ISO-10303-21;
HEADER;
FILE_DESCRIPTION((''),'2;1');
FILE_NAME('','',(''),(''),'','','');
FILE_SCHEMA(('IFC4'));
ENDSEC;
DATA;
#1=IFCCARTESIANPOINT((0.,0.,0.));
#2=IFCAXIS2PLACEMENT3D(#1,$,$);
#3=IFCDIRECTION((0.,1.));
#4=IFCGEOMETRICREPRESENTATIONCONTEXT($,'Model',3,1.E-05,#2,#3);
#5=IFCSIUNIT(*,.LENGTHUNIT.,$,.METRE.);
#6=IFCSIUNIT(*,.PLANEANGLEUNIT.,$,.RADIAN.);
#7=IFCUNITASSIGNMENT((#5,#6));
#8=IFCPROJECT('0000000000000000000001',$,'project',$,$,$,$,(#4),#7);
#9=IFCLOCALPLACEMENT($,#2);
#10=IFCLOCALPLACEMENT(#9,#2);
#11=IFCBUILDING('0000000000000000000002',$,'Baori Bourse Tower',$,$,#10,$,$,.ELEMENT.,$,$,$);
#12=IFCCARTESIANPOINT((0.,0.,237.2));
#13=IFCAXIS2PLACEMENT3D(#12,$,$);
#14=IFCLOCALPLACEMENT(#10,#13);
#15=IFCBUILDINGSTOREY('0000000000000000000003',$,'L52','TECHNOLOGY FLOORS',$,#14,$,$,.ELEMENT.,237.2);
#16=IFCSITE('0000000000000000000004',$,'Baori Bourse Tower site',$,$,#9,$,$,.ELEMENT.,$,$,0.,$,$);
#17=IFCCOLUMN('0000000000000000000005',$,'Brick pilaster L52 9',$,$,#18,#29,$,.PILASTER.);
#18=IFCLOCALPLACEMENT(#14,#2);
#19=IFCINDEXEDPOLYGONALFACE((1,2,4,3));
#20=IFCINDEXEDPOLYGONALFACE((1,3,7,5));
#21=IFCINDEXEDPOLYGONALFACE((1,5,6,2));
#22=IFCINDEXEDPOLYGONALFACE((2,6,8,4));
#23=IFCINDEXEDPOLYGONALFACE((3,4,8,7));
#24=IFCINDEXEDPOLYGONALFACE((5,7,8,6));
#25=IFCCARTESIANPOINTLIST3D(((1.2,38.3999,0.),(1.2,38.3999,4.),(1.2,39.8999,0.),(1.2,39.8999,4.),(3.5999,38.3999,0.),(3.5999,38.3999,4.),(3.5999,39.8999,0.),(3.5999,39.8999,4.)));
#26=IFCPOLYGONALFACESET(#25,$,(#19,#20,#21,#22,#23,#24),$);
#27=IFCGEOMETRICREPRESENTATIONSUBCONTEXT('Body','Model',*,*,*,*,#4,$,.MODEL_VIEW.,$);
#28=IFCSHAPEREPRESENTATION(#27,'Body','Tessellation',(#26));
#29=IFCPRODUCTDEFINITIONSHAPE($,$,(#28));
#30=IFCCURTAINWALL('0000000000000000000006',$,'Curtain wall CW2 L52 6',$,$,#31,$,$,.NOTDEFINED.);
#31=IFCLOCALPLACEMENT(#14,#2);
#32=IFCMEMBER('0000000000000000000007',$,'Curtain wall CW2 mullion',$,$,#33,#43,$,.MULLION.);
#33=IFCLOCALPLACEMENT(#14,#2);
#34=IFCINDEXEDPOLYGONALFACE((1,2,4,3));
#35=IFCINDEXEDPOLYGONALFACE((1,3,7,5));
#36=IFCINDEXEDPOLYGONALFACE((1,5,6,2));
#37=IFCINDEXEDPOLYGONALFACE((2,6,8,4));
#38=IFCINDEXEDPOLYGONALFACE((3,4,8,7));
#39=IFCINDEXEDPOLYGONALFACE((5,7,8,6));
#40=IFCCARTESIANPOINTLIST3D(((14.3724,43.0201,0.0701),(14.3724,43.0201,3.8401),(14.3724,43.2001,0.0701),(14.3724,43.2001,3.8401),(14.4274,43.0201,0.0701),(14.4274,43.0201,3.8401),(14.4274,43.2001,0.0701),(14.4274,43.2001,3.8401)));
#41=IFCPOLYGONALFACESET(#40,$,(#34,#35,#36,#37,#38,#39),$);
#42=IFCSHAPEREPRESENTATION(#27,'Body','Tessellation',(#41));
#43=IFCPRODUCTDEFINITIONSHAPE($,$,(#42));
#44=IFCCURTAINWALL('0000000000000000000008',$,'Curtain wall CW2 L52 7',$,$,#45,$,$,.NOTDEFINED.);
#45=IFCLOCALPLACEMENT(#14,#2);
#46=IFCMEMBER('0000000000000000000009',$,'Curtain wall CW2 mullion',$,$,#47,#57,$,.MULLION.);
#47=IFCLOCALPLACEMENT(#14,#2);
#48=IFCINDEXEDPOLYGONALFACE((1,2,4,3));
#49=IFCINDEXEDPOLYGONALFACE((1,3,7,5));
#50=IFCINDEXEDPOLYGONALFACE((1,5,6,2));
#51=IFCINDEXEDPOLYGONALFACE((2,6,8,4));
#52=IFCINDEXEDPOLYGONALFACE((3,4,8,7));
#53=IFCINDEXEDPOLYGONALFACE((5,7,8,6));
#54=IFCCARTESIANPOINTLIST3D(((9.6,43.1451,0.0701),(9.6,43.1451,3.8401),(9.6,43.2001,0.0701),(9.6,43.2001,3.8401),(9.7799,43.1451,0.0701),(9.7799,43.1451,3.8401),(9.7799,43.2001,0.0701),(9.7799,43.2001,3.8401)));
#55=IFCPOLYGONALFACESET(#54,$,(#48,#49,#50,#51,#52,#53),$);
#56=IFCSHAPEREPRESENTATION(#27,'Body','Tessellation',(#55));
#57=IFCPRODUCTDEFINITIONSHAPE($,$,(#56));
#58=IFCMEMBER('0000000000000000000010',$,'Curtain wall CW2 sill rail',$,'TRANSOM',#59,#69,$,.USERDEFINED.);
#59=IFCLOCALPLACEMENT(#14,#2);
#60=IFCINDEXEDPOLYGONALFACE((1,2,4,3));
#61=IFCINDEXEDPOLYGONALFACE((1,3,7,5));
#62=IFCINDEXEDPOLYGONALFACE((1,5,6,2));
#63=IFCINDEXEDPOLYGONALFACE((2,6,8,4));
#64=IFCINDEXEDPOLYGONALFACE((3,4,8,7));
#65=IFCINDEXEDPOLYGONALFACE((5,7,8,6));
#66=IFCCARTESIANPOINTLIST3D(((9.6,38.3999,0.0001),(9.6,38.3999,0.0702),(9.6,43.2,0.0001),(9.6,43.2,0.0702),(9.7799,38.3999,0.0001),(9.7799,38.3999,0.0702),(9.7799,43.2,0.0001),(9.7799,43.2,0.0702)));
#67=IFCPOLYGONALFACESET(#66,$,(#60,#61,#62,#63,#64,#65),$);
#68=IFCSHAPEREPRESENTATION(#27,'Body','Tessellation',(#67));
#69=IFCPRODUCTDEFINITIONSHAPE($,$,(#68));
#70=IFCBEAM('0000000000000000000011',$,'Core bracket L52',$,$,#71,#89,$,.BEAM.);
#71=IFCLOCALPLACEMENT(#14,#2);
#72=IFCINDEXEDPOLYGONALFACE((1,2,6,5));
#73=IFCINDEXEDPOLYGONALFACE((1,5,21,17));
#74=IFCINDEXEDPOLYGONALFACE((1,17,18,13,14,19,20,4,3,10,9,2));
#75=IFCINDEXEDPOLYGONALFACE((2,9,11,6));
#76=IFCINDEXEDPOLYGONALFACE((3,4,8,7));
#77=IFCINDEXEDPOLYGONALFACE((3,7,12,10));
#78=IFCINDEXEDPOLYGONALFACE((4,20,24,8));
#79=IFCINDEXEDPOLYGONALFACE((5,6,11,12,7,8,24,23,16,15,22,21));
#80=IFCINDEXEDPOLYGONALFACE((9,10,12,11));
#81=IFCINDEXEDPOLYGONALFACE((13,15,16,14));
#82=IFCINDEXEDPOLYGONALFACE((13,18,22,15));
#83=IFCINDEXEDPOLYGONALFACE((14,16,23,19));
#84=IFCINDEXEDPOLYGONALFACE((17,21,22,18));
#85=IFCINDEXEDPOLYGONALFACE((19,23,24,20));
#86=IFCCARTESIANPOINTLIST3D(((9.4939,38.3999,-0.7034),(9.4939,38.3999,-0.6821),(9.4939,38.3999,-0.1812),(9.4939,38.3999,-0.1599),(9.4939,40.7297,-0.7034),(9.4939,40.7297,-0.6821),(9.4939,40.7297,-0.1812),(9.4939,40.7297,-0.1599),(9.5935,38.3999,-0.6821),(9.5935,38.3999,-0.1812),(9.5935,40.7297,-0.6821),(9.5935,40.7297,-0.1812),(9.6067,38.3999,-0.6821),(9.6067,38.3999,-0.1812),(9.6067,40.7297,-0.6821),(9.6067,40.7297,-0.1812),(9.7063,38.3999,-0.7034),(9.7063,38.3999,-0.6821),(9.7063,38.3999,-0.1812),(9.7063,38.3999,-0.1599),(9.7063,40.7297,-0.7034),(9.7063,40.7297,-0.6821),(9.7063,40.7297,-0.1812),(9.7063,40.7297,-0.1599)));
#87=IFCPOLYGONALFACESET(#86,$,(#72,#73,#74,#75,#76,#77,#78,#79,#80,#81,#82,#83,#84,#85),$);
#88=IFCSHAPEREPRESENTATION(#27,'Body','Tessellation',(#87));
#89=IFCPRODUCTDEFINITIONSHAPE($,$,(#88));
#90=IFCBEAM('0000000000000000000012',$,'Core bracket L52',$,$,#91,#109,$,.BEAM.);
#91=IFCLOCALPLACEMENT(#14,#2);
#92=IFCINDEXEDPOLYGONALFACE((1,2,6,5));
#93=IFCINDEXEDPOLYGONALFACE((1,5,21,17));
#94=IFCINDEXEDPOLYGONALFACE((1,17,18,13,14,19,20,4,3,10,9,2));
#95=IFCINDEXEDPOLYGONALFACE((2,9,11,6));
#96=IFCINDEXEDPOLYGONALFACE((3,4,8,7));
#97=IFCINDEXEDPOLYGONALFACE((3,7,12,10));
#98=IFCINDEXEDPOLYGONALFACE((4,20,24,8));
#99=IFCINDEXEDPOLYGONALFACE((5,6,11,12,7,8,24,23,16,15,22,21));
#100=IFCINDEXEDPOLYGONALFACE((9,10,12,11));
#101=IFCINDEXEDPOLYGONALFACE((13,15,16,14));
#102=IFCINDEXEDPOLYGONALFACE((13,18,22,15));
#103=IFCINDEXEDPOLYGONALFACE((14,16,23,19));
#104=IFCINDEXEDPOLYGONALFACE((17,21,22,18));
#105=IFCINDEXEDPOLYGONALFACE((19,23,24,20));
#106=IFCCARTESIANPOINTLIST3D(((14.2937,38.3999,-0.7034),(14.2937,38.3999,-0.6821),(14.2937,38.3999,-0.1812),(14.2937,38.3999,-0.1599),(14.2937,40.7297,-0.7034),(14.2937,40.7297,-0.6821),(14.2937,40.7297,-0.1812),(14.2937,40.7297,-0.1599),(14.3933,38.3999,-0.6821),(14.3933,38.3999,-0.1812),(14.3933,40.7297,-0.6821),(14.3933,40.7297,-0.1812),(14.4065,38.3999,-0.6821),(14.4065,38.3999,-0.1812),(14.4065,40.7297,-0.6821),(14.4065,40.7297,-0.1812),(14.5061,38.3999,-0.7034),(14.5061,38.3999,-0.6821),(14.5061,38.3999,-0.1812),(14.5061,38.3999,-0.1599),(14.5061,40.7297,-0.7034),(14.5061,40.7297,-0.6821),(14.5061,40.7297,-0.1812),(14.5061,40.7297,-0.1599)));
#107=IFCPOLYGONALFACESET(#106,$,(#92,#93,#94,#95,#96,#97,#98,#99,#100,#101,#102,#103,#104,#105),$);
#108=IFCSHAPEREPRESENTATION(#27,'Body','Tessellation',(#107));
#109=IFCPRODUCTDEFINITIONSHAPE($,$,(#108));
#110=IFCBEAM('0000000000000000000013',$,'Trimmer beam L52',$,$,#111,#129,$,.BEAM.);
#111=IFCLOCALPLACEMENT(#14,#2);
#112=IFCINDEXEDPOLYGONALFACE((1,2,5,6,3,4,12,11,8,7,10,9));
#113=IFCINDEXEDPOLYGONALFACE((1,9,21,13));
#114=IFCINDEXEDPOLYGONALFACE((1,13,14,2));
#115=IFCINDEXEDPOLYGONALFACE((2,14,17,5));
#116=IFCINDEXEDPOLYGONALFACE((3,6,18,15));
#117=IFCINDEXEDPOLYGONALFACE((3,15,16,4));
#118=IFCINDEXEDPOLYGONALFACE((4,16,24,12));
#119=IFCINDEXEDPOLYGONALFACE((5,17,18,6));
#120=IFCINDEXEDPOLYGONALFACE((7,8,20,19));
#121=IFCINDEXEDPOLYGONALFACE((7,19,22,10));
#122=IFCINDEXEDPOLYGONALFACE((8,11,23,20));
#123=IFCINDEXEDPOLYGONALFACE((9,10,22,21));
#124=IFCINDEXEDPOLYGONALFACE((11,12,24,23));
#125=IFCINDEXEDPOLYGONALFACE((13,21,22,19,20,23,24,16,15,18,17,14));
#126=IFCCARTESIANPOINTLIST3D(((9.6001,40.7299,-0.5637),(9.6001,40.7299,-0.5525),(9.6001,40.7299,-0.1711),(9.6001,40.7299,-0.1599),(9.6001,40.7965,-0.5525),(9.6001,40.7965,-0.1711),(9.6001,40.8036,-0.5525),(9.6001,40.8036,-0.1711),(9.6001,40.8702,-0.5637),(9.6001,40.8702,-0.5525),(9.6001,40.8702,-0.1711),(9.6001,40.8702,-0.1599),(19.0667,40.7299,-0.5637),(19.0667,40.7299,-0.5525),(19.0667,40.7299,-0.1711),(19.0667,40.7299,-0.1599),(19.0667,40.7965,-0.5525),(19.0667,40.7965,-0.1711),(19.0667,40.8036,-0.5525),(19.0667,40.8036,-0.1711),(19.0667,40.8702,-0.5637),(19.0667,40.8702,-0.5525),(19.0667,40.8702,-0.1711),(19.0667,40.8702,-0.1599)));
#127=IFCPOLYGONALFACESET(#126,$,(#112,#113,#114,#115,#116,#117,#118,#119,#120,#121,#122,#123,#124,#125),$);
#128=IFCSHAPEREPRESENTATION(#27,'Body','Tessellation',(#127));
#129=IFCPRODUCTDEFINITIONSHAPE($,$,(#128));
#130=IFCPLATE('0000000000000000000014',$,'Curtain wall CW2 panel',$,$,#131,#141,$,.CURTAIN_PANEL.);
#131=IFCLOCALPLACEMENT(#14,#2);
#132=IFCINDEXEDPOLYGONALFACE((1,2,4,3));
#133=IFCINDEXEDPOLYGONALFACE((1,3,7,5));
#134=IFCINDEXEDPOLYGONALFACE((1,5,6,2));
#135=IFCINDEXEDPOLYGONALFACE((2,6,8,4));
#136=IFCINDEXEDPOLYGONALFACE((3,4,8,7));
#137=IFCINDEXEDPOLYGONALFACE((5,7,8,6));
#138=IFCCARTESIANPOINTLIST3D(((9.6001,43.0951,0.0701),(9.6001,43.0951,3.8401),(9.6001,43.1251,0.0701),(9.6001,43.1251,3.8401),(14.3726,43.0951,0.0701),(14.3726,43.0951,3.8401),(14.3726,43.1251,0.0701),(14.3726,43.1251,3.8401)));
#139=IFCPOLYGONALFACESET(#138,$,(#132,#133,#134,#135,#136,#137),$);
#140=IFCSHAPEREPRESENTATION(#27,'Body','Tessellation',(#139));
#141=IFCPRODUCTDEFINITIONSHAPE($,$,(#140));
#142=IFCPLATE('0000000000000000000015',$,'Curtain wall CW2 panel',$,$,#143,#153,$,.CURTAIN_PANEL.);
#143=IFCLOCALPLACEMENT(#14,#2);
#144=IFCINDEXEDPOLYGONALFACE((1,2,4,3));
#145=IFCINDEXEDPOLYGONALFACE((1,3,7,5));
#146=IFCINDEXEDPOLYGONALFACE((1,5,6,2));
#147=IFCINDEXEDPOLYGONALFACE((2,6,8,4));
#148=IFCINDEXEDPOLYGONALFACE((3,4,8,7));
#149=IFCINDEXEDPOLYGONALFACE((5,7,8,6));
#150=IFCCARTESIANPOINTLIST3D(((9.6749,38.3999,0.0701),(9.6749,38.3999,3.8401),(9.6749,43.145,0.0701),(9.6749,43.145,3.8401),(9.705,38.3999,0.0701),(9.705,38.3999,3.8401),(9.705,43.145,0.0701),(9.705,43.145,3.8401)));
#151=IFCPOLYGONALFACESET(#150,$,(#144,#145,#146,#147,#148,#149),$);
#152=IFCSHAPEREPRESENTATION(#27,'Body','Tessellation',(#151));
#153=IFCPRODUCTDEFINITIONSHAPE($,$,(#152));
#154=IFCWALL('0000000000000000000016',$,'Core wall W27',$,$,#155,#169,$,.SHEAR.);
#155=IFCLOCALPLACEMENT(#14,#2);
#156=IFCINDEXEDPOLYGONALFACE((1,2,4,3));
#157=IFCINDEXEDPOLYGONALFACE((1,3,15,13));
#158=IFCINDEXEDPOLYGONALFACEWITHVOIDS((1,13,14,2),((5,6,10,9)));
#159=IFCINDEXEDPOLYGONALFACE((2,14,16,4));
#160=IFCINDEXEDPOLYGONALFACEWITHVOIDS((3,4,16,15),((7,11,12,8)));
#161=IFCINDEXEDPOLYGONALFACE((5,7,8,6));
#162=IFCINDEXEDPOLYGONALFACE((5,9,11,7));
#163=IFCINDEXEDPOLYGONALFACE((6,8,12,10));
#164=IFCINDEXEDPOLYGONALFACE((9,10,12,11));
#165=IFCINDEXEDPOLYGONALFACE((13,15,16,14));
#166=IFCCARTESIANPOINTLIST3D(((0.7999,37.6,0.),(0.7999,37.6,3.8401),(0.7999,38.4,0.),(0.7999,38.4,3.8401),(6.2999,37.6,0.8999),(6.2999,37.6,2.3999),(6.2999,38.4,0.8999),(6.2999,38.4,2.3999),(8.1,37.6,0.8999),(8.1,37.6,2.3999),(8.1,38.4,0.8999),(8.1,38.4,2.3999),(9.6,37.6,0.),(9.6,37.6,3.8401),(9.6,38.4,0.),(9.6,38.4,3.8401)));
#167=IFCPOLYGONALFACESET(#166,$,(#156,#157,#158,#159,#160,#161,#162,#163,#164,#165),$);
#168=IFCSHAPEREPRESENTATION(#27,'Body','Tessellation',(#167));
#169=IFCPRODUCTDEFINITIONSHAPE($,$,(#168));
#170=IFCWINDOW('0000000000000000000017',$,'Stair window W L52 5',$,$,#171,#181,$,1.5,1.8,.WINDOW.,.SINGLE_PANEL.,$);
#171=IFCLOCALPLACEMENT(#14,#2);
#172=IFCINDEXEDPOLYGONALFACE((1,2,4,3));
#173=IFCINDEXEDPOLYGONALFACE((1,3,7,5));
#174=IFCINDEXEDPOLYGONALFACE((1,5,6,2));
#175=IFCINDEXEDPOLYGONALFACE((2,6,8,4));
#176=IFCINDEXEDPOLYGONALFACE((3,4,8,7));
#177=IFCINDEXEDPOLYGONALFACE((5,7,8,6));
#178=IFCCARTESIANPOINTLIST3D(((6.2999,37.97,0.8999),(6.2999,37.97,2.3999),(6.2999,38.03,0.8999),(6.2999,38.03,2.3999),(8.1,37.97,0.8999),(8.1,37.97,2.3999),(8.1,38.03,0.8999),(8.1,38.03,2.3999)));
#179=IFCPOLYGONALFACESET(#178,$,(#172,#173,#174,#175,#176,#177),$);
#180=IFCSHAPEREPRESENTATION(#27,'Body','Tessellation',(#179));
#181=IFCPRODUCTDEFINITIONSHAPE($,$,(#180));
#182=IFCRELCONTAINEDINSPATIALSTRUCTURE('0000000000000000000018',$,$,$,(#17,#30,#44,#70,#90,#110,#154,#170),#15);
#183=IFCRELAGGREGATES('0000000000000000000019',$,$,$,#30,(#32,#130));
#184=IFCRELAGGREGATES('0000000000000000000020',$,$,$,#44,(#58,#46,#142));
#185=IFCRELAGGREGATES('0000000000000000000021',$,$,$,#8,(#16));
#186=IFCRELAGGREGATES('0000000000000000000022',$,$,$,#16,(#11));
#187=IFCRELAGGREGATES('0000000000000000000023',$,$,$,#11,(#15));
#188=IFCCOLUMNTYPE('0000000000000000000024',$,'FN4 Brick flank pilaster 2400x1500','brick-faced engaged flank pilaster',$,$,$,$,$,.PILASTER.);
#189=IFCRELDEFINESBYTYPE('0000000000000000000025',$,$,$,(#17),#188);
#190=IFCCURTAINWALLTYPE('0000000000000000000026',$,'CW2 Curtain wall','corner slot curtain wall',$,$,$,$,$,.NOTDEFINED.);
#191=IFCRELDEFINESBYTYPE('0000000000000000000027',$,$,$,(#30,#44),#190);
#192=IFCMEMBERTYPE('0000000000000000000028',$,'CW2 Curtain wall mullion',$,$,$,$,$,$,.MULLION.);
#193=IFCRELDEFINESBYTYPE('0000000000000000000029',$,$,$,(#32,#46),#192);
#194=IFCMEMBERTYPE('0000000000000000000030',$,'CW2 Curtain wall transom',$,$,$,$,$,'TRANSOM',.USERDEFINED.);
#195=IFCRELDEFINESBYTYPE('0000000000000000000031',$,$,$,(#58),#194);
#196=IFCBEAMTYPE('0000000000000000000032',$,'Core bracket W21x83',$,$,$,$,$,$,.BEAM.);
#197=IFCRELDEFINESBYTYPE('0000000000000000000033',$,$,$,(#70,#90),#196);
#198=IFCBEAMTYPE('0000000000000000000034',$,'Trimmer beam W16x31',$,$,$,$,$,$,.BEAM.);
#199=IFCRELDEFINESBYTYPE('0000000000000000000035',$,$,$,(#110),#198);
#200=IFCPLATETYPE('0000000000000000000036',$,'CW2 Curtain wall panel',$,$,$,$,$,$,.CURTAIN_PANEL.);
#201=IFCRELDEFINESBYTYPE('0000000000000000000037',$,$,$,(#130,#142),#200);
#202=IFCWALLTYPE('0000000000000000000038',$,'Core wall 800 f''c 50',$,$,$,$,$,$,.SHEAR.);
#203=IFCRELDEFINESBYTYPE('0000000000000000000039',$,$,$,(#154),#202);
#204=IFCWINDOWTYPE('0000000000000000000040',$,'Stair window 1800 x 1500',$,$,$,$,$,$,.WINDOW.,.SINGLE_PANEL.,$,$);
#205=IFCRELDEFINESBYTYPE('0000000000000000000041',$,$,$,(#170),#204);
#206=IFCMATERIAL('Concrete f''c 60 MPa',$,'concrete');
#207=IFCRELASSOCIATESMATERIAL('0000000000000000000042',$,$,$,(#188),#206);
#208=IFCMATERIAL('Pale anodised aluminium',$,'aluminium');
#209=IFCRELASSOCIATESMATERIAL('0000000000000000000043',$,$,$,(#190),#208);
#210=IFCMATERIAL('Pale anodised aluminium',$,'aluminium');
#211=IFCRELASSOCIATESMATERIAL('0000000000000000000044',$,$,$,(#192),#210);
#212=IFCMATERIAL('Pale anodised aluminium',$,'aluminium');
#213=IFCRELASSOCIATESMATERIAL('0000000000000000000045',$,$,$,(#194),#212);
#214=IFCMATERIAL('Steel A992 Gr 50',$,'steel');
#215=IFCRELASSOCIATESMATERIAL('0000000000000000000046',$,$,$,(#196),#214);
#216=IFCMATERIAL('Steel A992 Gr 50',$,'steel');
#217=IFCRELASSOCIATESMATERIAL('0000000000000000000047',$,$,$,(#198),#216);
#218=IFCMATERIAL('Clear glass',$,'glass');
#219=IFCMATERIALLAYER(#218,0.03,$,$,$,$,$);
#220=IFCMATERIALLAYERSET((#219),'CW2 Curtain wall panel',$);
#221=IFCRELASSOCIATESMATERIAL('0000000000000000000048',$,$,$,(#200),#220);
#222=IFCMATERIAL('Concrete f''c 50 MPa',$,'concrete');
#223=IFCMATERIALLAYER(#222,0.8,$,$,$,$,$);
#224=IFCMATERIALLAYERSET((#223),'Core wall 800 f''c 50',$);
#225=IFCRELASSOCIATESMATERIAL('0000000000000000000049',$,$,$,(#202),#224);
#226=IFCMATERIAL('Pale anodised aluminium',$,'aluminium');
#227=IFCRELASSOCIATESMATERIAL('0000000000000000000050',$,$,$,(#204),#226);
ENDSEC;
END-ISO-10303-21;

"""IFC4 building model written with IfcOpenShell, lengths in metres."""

from ifc_helpers import new_model, si_unit, direction, frame, frame_2d, origin, origin_2d, place, context, subcontext, project, spatial, rectangle, i_section, extrude, material, layer, layer_set, material_profile, profile_set, type_object, element, fill, aggregate, save


model = new_model("IFC4")

# Units and contexts
model_context = context("Model", 3, precision=1e-05, world=origin(), true_north=direction((0.0, 1.0)))
body_context = subcontext(model_context, "Body", "Model", "MODEL_VIEW")
ifc_project = project(units=[si_unit("LENGTHUNIT", "METRE"), si_unit("PLANEANGLEUNIT", "RADIAN")], contexts=[model_context])

# Site, building, storey
site_placement = place(None, origin())
site = spatial("IfcSite", under=ifc_project, at=site_placement, Name="Baori Bourse Tower site", CompositionType="ELEMENT", RefElevation=0.0)
building_placement = place(site_placement, origin())
building = spatial("IfcBuilding", under=site, at=building_placement, Name="Baori Bourse Tower", CompositionType="ELEMENT")
storey_placement = place(building_placement, frame((0.0, 0.0, 237.2)))
storey = spatial("IfcBuildingStorey", under=building, at=storey_placement, Name="L52", Description="TECHNOLOGY FLOORS", CompositionType="ELEMENT", Elevation=237.2)

# Column
ifc_material_1 = material(Name="Concrete f'c 60 MPa", Category="concrete")
ifc_material_profile_1 = material_profile(ifc_material_1, rectangle(XDim=2.3999, YDim=1.5, at=origin_2d()), Name="RC 2400x1500")
ifc_profile_set_1 = profile_set([ifc_material_profile_1], Name="Concrete f'c 60 MPa")
column_type = type_object("IfcColumnType", Name="FN4 Brick flank pilaster 2400x1500", Description="brick-faced engaged flank pilaster", PredefinedType="PILASTER", material=ifc_profile_set_1)
column_placement = place(storey_placement, frame((2.3999, 39.1499, 0.0), z_axis=(0.0, 0.0, 1.0), x_axis=(1.0, 0.0, 0.0)))
element("IfcColumn", 1, at=column_placement, inside=storey, type_object=column_type, Name="Brick pilaster L52 9", PredefinedType="PILASTER", context=body_context, shape_type="SweptSolid", body=[
    extrude(rectangle(XDim=2.3999, YDim=1.5, at=origin_2d()), origin(), (0.0, 0.0, 1.0), 4.0),
])

# Curtain wall, member
ifc_material_2 = material(Name="Pale anodised aluminium", Category="aluminium")
curtain_wall_type = type_object("IfcCurtainWallType", Name="CW2 Curtain wall", Description="corner slot curtain wall", PredefinedType="NOTDEFINED", material=ifc_material_2)
curtain_wall_1_placement = place(storey_placement, origin())
curtain_wall_1 = element("IfcCurtainWall", 2, at=curtain_wall_1_placement, inside=storey, type_object=curtain_wall_type, Name="Curtain wall CW2 L52 6", PredefinedType="NOTDEFINED")
ifc_material_3 = material(Name="Pale anodised aluminium", Category="aluminium")
ifc_material_profile_2 = material_profile(ifc_material_3, rectangle(XDim=0.1799, YDim=0.0549, at=origin_2d()), Name="Mullion 55x180")
ifc_profile_set_2 = profile_set([ifc_material_profile_2], Name="Pale anodised aluminium")
member_type_1 = type_object("IfcMemberType", Name="CW2 Curtain wall mullion", PredefinedType="MULLION", material=ifc_profile_set_2)
member_1_placement = place(storey_placement, frame((14.3999, 43.1101, 0.0701), z_axis=(0.0, 0.0, 1.0), x_axis=(0.0, -1.0, 0.0)))
member_1 = element("IfcMember", 3, at=member_1_placement, type_object=member_type_1, Name="Curtain wall CW2 mullion", PredefinedType="MULLION", context=body_context, shape_type="SweptSolid", body=[
    extrude(rectangle(XDim=0.1799, YDim=0.0549, at=origin_2d()), origin(), (0.0, 0.0, 1.0), 3.77),
])

# Curtain wall, members
curtain_wall_2_placement = place(storey_placement, origin())
curtain_wall_2 = element("IfcCurtainWall", 4, at=curtain_wall_2_placement, inside=storey, type_object=curtain_wall_type, Name="Curtain wall CW2 L52 7", PredefinedType="NOTDEFINED")
member_2_placement = place(storey_placement, frame((9.6899, 43.1726, 0.0701), z_axis=(0.0, 0.0, 1.0), x_axis=(1.0, 0.0, 0.0)))
member_2 = element("IfcMember", 5, at=member_2_placement, type_object=member_type_1, Name="Curtain wall CW2 mullion", PredefinedType="MULLION", context=body_context, shape_type="SweptSolid", body=[
    extrude(rectangle(XDim=0.1799, YDim=0.0549, at=origin_2d()), origin(), (0.0, 0.0, 1.0), 3.77),
])
ifc_material_4 = material(Name="Pale anodised aluminium", Category="aluminium")
ifc_material_profile_3 = material_profile(ifc_material_4, rectangle(XDim=0.1799, YDim=0.0701, at=origin_2d()), Name="Transom 70x180")
ifc_profile_set_3 = profile_set([ifc_material_profile_3], Name="Pale anodised aluminium")
member_type_2 = type_object("IfcMemberType", Name="CW2 Curtain wall transom", ElementType="TRANSOM", PredefinedType="USERDEFINED", material=ifc_profile_set_3)
member_3_placement = place(storey_placement, frame((9.6899, 43.2, 0.0352), z_axis=(0.0, -1.0, 0.0), x_axis=(1.0, 0.0, 0.0)))
member_3 = element("IfcMember", 6, at=member_3_placement, type_object=member_type_2, Name="Curtain wall CW2 sill rail", ObjectType="TRANSOM", PredefinedType="USERDEFINED", context=body_context, shape_type="SweptSolid", body=[
    extrude(rectangle(XDim=0.1799, YDim=0.0701, at=origin_2d()), origin(), (0.0, 0.0, 1.0), 4.8),
])

# Beams
ifc_material_5 = material(Name="Steel A992 Gr 50", Category="steel")
ifc_material_profile_4 = material_profile(ifc_material_5, i_section(OverallWidth=0.2124, OverallDepth=0.5435, WebThickness=0.0132, FlangeThickness=0.0212, at=origin_2d()), Name="W21x83")
ifc_profile_set_4 = profile_set([ifc_material_profile_4], Name="Steel A992 Gr 50")
beam_type_1 = type_object("IfcBeamType", Name="Core bracket W21x83", PredefinedType="BEAM", material=ifc_profile_set_4)
for number, where, z_axis, x_axis, name in (
    (7, (9.6001, 38.3999, -0.4316), (0.0, 1.0, 0.0), (-1.0, 0.0, 0.0), "Core bracket L52"),
    (8, (14.3999, 38.3999, -0.4316), (0.0, 1.0, 0.0), (-1.0, 0.0, 0.0), "Core bracket L52"),
):
    element("IfcBeam", number, at=place(storey_placement, frame(where, z_axis=z_axis, x_axis=x_axis)), inside=storey, type_object=beam_type_1, Name=name, PredefinedType="BEAM", context=body_context, shape_type="SweptSolid", body=[
        extrude(i_section(OverallWidth=0.2124, OverallDepth=0.5435, WebThickness=0.0132, FlangeThickness=0.0212, at=origin_2d()), origin(), (0.0, 0.0, 1.0), 2.3298),
    ])
ifc_material_6 = material(Name="Steel A992 Gr 50", Category="steel")
ifc_material_profile_5 = material_profile(ifc_material_6, i_section(OverallWidth=0.1404, OverallDepth=0.4038, WebThickness=0.0071, FlangeThickness=0.0112, at=origin_2d()), Name="W16x31")
ifc_profile_set_5 = profile_set([ifc_material_profile_5], Name="Steel A992 Gr 50")
beam_type_2 = type_object("IfcBeamType", Name="Trimmer beam W16x31", PredefinedType="BEAM", material=ifc_profile_set_5)
beam_placement = place(storey_placement, frame((9.6001, 40.8, -0.3618), z_axis=(1.0, 0.0, 0.0), x_axis=(0.0, 1.0, 0.0)))
element("IfcBeam", 9, at=beam_placement, inside=storey, type_object=beam_type_2, Name="Trimmer beam L52", PredefinedType="BEAM", context=body_context, shape_type="SweptSolid", body=[
    extrude(i_section(OverallWidth=0.1404, OverallDepth=0.4038, WebThickness=0.0071, FlangeThickness=0.0112, at=origin_2d()), origin(), (0.0, 0.0, 1.0), 9.4666),
])

# Plates
ifc_material_7 = material(Name="Clear glass", Category="glass")
ifc_layer_1 = layer(ifc_material_7, 0.03)
ifc_layer_set_1 = layer_set([ifc_layer_1], Name="CW2 Curtain wall panel")
plate_type = type_object("IfcPlateType", Name="CW2 Curtain wall panel", PredefinedType="CURTAIN_PANEL", material=ifc_layer_set_1)
plate_1_placement = place(storey_placement, frame((11.9863, 43.1101, 0.0701), z_axis=(0.0, 0.0, 1.0), x_axis=(-1.0, 0.0, 0.0)))
plate_1 = element("IfcPlate", 10, at=plate_1_placement, type_object=plate_type, Name="Curtain wall CW2 panel", PredefinedType="CURTAIN_PANEL", context=body_context, shape_type="SweptSolid", body=[
    extrude(rectangle(XDim=4.7725, YDim=0.03, at=origin_2d()), origin(), (0.0, 0.0, 1.0), 3.77),
])
aggregate(curtain_wall_1, [member_1, plate_1])
plate_2_placement = place(storey_placement, frame((9.6899, 40.7725, 0.0701), z_axis=(0.0, 0.0, 1.0), x_axis=(0.0, -1.0, 0.0)))
plate_2 = element("IfcPlate", 11, at=plate_2_placement, type_object=plate_type, Name="Curtain wall CW2 panel", PredefinedType="CURTAIN_PANEL", context=body_context, shape_type="SweptSolid", body=[
    extrude(rectangle(XDim=4.7451, YDim=0.03, at=origin_2d()), origin(), (0.0, 0.0, 1.0), 3.77),
])
aggregate(curtain_wall_2, [member_3, member_2, plate_2])

# Wall, opening, window
ifc_material_8 = material(Name="Concrete f'c 50 MPa", Category="concrete")
ifc_layer_2 = layer(ifc_material_8, 0.8)
ifc_layer_set_2 = layer_set([ifc_layer_2], Name="Core wall 800 f'c 50")
wall_type_1 = type_object("IfcWallType", Name="Core wall 800 f'c 50", PredefinedType="SHEAR", material=ifc_layer_set_2)
wall_1_placement = place(storey_placement, frame((0.8, 38.0, 0.0), z_axis=(0.0, 0.0, 1.0), x_axis=(1.0, 0.0, 0.0)))
wall_1 = element("IfcWall", 12, at=wall_1_placement, inside=storey, type_object=wall_type_1, Name="Core wall W27", PredefinedType="SHEAR", context=body_context, shape_type="SweptSolid", body=[
    extrude(rectangle(XDim=8.8, YDim=0.8, at=frame_2d((4.3999, 0.0))), origin(), (0.0, 0.0, 1.0), 3.8401),
])
opening_1_placement = place(wall_1_placement, frame((5.5, 0.0, 0.8999)))
opening_1 = element("IfcOpeningElement", 13, at=opening_1_placement, cuts=wall_1, PredefinedType="OPENING", context=body_context, shape_type="SweptSolid", body=[
    extrude(rectangle(XDim=1.8, YDim=1.5, at=frame_2d((0.8999, 0.75))), frame((0.0, 0.4099, 0.0), z_axis=(0.0, -1.0, 0.0), x_axis=(1.0, 0.0, 0.0)), (0.0, 0.0, 1.0), 0.8201),
])
ifc_material_9 = material(Name="Pale anodised aluminium", Category="aluminium")
window_type = type_object("IfcWindowType", Name="Stair window 1800 x 1500", PartitioningType="SINGLE_PANEL", PredefinedType="WINDOW", material=ifc_material_9)
window_placement = place(opening_1_placement, origin())
window = element("IfcWindow", 14, at=window_placement, inside=storey, type_object=window_type, Name="Stair window W L52 5", OverallHeight=1.5, OverallWidth=1.8, PartitioningType="SINGLE_PANEL", PredefinedType="WINDOW", context=body_context, shape_type="SweptSolid", body=[
    extrude(rectangle(XDim=1.8, YDim=1.5, at=frame_2d((0.8999, 0.75))), frame((0.0, 0.03, 0.0), z_axis=(0.0, -1.0, 0.0), x_axis=(1.0, 0.0, 0.0)), (0.0, 0.0, 1.0), 0.0601),
])
fill(opening_1, window)

save(model, "model.ifc")
